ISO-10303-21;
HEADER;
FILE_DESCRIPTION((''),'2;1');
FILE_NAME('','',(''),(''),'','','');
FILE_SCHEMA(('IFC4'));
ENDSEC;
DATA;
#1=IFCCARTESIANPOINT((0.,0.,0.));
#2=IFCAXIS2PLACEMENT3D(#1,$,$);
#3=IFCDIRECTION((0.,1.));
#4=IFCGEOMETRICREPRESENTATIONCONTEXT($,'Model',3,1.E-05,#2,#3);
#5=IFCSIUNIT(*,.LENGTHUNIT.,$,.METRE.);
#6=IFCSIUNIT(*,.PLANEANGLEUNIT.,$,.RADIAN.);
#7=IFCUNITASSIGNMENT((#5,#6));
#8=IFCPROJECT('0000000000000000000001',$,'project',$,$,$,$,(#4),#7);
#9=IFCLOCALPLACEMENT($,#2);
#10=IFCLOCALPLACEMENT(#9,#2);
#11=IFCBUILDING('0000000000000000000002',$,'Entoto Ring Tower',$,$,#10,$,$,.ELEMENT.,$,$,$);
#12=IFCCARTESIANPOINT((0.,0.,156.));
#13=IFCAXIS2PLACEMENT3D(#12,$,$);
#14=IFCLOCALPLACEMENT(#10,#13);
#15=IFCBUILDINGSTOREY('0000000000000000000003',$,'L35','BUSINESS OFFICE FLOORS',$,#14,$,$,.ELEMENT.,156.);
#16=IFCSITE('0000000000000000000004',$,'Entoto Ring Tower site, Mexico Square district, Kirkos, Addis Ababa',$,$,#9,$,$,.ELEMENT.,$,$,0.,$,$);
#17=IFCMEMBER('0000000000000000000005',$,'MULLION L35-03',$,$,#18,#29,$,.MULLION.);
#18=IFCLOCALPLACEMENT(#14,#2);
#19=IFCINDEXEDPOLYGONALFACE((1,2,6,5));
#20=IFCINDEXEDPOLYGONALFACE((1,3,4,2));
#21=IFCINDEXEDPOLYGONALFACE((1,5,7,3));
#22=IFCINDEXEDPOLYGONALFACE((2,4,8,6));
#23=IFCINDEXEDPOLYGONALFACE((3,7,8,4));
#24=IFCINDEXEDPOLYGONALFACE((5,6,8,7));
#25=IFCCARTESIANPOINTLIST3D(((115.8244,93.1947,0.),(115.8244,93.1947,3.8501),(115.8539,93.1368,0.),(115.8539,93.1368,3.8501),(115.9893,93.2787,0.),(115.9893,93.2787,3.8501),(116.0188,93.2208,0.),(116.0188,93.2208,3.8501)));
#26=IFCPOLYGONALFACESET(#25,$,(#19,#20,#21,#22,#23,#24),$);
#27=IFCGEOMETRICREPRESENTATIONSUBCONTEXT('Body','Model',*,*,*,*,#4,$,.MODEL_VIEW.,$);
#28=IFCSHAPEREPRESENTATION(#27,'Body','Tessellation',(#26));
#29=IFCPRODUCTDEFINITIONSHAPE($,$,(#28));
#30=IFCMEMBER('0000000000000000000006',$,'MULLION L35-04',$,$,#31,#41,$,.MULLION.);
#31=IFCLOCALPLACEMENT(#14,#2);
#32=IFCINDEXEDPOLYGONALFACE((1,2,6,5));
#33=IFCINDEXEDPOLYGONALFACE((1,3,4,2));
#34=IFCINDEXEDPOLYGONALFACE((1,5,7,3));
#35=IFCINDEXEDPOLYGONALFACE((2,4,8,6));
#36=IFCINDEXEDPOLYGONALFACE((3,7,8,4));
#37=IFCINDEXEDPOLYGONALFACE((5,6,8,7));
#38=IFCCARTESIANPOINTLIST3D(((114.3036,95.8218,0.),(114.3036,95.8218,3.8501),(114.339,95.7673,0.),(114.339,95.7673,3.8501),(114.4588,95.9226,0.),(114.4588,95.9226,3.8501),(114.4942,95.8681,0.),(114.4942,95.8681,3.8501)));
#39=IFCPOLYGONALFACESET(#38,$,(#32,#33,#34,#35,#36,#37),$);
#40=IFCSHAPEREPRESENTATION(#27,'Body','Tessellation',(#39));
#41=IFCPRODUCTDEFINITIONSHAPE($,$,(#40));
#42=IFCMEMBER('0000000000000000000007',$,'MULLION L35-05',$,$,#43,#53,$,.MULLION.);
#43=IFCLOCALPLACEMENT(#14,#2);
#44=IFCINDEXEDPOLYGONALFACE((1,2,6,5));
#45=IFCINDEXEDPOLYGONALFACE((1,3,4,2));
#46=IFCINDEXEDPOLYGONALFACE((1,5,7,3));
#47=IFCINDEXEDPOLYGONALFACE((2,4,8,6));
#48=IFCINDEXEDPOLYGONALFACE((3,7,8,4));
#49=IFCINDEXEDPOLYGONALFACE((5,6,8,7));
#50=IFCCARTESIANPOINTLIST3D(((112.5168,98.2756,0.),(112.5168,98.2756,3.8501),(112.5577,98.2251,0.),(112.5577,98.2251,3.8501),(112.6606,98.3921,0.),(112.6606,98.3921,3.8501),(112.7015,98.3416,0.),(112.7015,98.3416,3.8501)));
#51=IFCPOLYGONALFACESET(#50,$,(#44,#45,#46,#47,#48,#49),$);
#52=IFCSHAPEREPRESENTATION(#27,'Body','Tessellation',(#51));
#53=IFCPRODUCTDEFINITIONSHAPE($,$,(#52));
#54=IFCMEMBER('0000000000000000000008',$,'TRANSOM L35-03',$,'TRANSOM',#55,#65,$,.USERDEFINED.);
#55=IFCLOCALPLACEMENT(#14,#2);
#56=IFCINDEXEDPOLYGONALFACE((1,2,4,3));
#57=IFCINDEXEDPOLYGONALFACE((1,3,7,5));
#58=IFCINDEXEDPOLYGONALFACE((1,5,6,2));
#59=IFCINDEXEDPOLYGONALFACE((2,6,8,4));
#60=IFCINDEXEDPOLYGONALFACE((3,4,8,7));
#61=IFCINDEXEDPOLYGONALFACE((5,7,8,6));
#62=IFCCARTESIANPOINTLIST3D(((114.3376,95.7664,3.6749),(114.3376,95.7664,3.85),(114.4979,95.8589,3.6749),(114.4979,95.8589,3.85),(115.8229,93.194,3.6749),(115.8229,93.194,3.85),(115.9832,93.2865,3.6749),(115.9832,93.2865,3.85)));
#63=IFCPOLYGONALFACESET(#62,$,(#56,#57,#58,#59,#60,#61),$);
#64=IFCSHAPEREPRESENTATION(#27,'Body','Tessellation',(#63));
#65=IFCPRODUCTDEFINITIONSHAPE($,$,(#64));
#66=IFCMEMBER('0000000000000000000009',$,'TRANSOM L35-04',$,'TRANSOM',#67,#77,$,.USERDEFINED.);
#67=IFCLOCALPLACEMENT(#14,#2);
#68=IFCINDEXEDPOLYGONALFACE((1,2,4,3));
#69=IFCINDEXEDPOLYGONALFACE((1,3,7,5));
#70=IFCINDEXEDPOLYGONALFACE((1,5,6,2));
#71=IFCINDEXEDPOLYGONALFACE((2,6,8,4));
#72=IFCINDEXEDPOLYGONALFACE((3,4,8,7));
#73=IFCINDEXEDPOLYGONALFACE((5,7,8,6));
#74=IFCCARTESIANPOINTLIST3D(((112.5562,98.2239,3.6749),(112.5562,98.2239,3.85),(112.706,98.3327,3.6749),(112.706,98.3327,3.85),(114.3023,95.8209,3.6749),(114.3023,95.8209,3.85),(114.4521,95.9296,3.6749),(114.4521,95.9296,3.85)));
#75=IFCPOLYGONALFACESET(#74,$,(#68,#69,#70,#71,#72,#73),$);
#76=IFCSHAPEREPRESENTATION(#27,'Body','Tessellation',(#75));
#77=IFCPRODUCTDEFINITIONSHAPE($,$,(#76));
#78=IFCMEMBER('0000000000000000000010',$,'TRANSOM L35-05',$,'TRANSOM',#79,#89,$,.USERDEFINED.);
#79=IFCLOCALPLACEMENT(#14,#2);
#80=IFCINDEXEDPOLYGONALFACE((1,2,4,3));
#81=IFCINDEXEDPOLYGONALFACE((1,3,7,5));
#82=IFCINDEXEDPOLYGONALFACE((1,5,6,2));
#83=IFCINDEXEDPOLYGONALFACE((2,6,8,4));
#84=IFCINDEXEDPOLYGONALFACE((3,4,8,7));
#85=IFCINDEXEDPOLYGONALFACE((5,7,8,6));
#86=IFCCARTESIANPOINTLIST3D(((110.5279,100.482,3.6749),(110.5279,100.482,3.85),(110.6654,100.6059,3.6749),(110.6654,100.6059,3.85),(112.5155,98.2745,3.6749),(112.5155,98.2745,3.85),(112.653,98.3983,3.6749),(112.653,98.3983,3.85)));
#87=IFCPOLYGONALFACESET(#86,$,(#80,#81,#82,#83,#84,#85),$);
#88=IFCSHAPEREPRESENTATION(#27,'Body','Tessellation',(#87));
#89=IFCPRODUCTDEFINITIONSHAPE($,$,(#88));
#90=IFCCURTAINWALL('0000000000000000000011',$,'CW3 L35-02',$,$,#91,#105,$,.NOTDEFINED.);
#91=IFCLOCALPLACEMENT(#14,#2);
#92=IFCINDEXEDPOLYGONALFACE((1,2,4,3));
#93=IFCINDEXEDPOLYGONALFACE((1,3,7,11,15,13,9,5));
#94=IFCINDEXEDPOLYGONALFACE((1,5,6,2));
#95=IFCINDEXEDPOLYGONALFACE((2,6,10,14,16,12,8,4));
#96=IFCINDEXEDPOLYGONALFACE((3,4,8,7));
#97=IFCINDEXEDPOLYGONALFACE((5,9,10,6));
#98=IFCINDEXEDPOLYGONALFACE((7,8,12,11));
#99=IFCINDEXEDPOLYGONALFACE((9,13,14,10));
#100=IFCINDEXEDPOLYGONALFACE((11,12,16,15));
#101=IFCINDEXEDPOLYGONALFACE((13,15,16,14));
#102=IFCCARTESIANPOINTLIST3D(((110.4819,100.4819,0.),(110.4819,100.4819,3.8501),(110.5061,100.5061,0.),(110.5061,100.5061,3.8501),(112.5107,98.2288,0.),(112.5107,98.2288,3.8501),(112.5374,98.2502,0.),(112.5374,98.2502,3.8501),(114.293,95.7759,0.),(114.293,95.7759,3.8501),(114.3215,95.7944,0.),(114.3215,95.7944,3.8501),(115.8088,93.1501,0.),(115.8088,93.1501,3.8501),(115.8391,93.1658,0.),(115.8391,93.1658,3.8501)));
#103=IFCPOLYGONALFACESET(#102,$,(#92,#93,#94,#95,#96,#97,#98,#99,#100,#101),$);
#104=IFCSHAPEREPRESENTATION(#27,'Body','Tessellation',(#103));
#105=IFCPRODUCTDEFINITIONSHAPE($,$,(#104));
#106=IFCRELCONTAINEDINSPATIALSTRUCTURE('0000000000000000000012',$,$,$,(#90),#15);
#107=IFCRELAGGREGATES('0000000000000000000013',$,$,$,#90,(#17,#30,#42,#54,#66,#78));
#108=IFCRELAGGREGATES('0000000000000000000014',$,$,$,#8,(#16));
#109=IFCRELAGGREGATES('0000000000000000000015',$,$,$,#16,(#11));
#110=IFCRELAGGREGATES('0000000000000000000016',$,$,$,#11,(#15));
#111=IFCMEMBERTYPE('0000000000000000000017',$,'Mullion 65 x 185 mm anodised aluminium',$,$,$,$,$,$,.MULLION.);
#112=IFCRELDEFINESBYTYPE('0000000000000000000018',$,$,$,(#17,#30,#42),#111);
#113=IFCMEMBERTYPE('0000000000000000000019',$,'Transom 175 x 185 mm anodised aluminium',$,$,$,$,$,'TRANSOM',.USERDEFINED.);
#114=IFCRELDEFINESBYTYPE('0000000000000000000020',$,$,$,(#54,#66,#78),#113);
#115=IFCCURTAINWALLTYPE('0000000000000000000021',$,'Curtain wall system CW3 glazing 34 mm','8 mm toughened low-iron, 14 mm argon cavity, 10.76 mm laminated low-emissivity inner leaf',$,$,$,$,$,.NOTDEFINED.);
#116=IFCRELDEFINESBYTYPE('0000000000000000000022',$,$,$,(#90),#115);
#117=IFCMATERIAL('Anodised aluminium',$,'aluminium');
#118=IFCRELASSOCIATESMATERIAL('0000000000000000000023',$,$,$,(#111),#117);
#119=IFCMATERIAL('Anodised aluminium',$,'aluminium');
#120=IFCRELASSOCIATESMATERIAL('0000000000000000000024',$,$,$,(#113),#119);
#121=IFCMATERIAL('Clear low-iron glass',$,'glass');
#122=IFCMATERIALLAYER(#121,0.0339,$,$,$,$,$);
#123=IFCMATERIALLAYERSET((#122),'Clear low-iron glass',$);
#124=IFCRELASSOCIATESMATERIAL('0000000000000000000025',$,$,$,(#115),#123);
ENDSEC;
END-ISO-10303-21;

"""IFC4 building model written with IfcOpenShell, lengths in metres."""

from ifc_helpers import new_model, si_unit, direction, frame, origin, origin_2d, place, context, subcontext, project, spatial, polyline, rectangle, outline, extrude, material, layer, layer_set, material_profile, profile_set, type_object, element, aggregate, save


model = new_model("IFC4")

# Units and contexts
model_context = context("Model", 3, precision=1e-05, world=origin(), true_north=direction((0.0, 1.0)))
body_context = subcontext(model_context, "Body", "Model", "MODEL_VIEW")
ifc_project = project(units=[si_unit("LENGTHUNIT", "METRE"), si_unit("PLANEANGLEUNIT", "RADIAN")], contexts=[model_context])

# Members
ifc_material_1 = material(Name="Anodised aluminium", Category="aluminium")
ifc_material_profile_1 = material_profile(ifc_material_1, rectangle(XDim=0.0649, YDim=0.1851, at=origin_2d()), Name="Mullion 65 x 185 mm anodised aluminium")
ifc_profile_set_1 = profile_set([ifc_material_profile_1], Name="Anodised aluminium")
member_type_1 = type_object("IfcMemberType", Name="Mullion 65 x 185 mm anodised aluminium", PredefinedType="MULLION", material=ifc_profile_set_1)
site_placement = place(None, origin())
building_placement = place(site_placement, origin())
storey_placement = place(building_placement, frame((0.0, 0.0, 156.0)))
member_1_placement = place(storey_placement, frame((115.9216, 93.2078, 0.0), z_axis=(0.0, 0.0, 1.0), x_axis=(-0.45399, 0.891007, 0.0)))
member_1 = element("IfcMember", 1, at=member_1_placement, type_object=member_type_1, Name="MULLION L35-03", PredefinedType="MULLION", context=body_context, shape_type="SweptSolid", body=[
    extrude(rectangle(XDim=0.0649, YDim=0.1851, at=origin_2d()), origin(), (0.0, 0.0, 1.0), 3.8501),
])
member_2_placement = place(storey_placement, frame((114.3989, 95.845, 0.0), z_axis=(0.0, 0.0, 1.0), x_axis=(-0.544639, 0.838671, 0.0)))
member_2 = element("IfcMember", 2, at=member_2_placement, type_object=member_type_1, Name="MULLION L35-04", PredefinedType="MULLION", context=body_context, shape_type="SweptSolid", body=[
    extrude(rectangle(XDim=0.0649, YDim=0.1851, at=origin_2d()), origin(), (0.0, 0.0, 1.0), 3.8501),
])
member_3_placement = place(storey_placement, frame((112.6091, 98.3086, 0.0), z_axis=(0.0, 0.0, 1.0), x_axis=(-0.62932, 0.777146, 0.0)))
member_3 = element("IfcMember", 3, at=member_3_placement, type_object=member_type_1, Name="MULLION L35-05", PredefinedType="MULLION", context=body_context, shape_type="SweptSolid", body=[
    extrude(rectangle(XDim=0.0649, YDim=0.1851, at=origin_2d()), origin(), (0.0, 0.0, 1.0), 3.8501),
])
ifc_material_2 = material(Name="Anodised aluminium", Category="aluminium")
ifc_material_profile_2 = material_profile(ifc_material_2, rectangle(XDim=0.1851, YDim=0.175, at=origin_2d()), Name="Transom 175 x 185 mm anodised aluminium")
ifc_profile_set_2 = profile_set([ifc_material_profile_2], Name="Anodised aluminium")
member_type_2 = type_object("IfcMemberType", Name="Transom 175 x 185 mm anodised aluminium", ElementType="TRANSOM", PredefinedType="USERDEFINED", material=ifc_profile_set_2)
member_4_placement = place(storey_placement, frame((115.9031, 93.2402, 3.7625), z_axis=(-0.500028, 0.866009, 0.0), x_axis=(-0.866009, -0.500028, 0.0)))
member_4 = element("IfcMember", 4, at=member_4_placement, type_object=member_type_2, Name="TRANSOM L35-03", ObjectType="TRANSOM", PredefinedType="USERDEFINED", context=body_context, shape_type="SweptSolid", body=[
    extrude(rectangle(XDim=0.1851, YDim=0.175, at=origin_2d()), origin(), (0.0, 0.0, 1.0), 2.9705),
])
member_5_placement = place(storey_placement, frame((114.3772, 95.8752, 3.7625), z_axis=(-0.58782, 0.808992, 0.0), x_axis=(-0.808992, -0.58782, 0.0)))
member_5 = element("IfcMember", 5, at=member_5_placement, type_object=member_type_2, Name="TRANSOM L35-04", ObjectType="TRANSOM", PredefinedType="USERDEFINED", context=body_context, shape_type="SweptSolid", body=[
    extrude(rectangle(XDim=0.1851, YDim=0.175, at=origin_2d()), origin(), (0.0, 0.0, 1.0), 2.9705),
])
member_6_placement = place(storey_placement, frame((112.5842, 98.3364, 3.7625), z_axis=(-0.66911, 0.743163, 0.0), x_axis=(-0.743163, -0.66911, 0.0)))
member_6 = element("IfcMember", 6, at=member_6_placement, type_object=member_type_2, Name="TRANSOM L35-05", ObjectType="TRANSOM", PredefinedType="USERDEFINED", context=body_context, shape_type="SweptSolid", body=[
    extrude(rectangle(XDim=0.1851, YDim=0.175, at=origin_2d()), origin(), (0.0, 0.0, 1.0), 2.9705),
])

# Site, building, storey
site = spatial("IfcSite", under=ifc_project, at=site_placement, Name="Entoto Ring Tower site, Mexico Square district, Kirkos, Addis Ababa", CompositionType="ELEMENT", RefElevation=0.0)
building = spatial("IfcBuilding", under=site, at=building_placement, Name="Entoto Ring Tower", CompositionType="ELEMENT")
storey = spatial("IfcBuildingStorey", under=building, at=storey_placement, Name="L35", Description="BUSINESS OFFICE FLOORS", CompositionType="ELEMENT", Elevation=156.0)

# Curtain wall
ifc_material_3 = material(Name="Clear low-iron glass", Category="glass")
ifc_layer_1 = layer(ifc_material_3, 0.0339)
ifc_layer_set_1 = layer_set([ifc_layer_1], Name="Clear low-iron glass")
curtain_wall_type = type_object("IfcCurtainWallType", Name="Curtain wall system CW3 glazing 34 mm", Description="8 mm toughened low-iron, 14 mm argon cavity, 10.76 mm laminated low-emissivity inner leaf", PredefinedType="NOTDEFINED", material=ifc_layer_set_1)
curtain_wall_1_placement = place(storey_placement, origin())
curtain_wall_1 = element("IfcCurtainWall", 7, at=curtain_wall_1_placement, inside=storey, type_object=curtain_wall_type, Name="CW3 L35-02", PredefinedType="NOTDEFINED", context=body_context, shape_type="SweptSolid", body=[
    extrude(outline(polyline([(115.8391, 93.1658), (114.3215, 95.7944), (112.5374, 98.2502), (110.5061, 100.5061), (110.4819, 100.4819), (112.5107, 98.2288), (114.293, 95.7759), (115.8088, 93.1501), (115.8391, 93.1658)])), origin(), (0.0, 0.0, 1.0), 3.8501),
])
aggregate(curtain_wall_1, [member_1, member_2, member_3, member_4, member_5, member_6])

save(model, "model.ifc")
